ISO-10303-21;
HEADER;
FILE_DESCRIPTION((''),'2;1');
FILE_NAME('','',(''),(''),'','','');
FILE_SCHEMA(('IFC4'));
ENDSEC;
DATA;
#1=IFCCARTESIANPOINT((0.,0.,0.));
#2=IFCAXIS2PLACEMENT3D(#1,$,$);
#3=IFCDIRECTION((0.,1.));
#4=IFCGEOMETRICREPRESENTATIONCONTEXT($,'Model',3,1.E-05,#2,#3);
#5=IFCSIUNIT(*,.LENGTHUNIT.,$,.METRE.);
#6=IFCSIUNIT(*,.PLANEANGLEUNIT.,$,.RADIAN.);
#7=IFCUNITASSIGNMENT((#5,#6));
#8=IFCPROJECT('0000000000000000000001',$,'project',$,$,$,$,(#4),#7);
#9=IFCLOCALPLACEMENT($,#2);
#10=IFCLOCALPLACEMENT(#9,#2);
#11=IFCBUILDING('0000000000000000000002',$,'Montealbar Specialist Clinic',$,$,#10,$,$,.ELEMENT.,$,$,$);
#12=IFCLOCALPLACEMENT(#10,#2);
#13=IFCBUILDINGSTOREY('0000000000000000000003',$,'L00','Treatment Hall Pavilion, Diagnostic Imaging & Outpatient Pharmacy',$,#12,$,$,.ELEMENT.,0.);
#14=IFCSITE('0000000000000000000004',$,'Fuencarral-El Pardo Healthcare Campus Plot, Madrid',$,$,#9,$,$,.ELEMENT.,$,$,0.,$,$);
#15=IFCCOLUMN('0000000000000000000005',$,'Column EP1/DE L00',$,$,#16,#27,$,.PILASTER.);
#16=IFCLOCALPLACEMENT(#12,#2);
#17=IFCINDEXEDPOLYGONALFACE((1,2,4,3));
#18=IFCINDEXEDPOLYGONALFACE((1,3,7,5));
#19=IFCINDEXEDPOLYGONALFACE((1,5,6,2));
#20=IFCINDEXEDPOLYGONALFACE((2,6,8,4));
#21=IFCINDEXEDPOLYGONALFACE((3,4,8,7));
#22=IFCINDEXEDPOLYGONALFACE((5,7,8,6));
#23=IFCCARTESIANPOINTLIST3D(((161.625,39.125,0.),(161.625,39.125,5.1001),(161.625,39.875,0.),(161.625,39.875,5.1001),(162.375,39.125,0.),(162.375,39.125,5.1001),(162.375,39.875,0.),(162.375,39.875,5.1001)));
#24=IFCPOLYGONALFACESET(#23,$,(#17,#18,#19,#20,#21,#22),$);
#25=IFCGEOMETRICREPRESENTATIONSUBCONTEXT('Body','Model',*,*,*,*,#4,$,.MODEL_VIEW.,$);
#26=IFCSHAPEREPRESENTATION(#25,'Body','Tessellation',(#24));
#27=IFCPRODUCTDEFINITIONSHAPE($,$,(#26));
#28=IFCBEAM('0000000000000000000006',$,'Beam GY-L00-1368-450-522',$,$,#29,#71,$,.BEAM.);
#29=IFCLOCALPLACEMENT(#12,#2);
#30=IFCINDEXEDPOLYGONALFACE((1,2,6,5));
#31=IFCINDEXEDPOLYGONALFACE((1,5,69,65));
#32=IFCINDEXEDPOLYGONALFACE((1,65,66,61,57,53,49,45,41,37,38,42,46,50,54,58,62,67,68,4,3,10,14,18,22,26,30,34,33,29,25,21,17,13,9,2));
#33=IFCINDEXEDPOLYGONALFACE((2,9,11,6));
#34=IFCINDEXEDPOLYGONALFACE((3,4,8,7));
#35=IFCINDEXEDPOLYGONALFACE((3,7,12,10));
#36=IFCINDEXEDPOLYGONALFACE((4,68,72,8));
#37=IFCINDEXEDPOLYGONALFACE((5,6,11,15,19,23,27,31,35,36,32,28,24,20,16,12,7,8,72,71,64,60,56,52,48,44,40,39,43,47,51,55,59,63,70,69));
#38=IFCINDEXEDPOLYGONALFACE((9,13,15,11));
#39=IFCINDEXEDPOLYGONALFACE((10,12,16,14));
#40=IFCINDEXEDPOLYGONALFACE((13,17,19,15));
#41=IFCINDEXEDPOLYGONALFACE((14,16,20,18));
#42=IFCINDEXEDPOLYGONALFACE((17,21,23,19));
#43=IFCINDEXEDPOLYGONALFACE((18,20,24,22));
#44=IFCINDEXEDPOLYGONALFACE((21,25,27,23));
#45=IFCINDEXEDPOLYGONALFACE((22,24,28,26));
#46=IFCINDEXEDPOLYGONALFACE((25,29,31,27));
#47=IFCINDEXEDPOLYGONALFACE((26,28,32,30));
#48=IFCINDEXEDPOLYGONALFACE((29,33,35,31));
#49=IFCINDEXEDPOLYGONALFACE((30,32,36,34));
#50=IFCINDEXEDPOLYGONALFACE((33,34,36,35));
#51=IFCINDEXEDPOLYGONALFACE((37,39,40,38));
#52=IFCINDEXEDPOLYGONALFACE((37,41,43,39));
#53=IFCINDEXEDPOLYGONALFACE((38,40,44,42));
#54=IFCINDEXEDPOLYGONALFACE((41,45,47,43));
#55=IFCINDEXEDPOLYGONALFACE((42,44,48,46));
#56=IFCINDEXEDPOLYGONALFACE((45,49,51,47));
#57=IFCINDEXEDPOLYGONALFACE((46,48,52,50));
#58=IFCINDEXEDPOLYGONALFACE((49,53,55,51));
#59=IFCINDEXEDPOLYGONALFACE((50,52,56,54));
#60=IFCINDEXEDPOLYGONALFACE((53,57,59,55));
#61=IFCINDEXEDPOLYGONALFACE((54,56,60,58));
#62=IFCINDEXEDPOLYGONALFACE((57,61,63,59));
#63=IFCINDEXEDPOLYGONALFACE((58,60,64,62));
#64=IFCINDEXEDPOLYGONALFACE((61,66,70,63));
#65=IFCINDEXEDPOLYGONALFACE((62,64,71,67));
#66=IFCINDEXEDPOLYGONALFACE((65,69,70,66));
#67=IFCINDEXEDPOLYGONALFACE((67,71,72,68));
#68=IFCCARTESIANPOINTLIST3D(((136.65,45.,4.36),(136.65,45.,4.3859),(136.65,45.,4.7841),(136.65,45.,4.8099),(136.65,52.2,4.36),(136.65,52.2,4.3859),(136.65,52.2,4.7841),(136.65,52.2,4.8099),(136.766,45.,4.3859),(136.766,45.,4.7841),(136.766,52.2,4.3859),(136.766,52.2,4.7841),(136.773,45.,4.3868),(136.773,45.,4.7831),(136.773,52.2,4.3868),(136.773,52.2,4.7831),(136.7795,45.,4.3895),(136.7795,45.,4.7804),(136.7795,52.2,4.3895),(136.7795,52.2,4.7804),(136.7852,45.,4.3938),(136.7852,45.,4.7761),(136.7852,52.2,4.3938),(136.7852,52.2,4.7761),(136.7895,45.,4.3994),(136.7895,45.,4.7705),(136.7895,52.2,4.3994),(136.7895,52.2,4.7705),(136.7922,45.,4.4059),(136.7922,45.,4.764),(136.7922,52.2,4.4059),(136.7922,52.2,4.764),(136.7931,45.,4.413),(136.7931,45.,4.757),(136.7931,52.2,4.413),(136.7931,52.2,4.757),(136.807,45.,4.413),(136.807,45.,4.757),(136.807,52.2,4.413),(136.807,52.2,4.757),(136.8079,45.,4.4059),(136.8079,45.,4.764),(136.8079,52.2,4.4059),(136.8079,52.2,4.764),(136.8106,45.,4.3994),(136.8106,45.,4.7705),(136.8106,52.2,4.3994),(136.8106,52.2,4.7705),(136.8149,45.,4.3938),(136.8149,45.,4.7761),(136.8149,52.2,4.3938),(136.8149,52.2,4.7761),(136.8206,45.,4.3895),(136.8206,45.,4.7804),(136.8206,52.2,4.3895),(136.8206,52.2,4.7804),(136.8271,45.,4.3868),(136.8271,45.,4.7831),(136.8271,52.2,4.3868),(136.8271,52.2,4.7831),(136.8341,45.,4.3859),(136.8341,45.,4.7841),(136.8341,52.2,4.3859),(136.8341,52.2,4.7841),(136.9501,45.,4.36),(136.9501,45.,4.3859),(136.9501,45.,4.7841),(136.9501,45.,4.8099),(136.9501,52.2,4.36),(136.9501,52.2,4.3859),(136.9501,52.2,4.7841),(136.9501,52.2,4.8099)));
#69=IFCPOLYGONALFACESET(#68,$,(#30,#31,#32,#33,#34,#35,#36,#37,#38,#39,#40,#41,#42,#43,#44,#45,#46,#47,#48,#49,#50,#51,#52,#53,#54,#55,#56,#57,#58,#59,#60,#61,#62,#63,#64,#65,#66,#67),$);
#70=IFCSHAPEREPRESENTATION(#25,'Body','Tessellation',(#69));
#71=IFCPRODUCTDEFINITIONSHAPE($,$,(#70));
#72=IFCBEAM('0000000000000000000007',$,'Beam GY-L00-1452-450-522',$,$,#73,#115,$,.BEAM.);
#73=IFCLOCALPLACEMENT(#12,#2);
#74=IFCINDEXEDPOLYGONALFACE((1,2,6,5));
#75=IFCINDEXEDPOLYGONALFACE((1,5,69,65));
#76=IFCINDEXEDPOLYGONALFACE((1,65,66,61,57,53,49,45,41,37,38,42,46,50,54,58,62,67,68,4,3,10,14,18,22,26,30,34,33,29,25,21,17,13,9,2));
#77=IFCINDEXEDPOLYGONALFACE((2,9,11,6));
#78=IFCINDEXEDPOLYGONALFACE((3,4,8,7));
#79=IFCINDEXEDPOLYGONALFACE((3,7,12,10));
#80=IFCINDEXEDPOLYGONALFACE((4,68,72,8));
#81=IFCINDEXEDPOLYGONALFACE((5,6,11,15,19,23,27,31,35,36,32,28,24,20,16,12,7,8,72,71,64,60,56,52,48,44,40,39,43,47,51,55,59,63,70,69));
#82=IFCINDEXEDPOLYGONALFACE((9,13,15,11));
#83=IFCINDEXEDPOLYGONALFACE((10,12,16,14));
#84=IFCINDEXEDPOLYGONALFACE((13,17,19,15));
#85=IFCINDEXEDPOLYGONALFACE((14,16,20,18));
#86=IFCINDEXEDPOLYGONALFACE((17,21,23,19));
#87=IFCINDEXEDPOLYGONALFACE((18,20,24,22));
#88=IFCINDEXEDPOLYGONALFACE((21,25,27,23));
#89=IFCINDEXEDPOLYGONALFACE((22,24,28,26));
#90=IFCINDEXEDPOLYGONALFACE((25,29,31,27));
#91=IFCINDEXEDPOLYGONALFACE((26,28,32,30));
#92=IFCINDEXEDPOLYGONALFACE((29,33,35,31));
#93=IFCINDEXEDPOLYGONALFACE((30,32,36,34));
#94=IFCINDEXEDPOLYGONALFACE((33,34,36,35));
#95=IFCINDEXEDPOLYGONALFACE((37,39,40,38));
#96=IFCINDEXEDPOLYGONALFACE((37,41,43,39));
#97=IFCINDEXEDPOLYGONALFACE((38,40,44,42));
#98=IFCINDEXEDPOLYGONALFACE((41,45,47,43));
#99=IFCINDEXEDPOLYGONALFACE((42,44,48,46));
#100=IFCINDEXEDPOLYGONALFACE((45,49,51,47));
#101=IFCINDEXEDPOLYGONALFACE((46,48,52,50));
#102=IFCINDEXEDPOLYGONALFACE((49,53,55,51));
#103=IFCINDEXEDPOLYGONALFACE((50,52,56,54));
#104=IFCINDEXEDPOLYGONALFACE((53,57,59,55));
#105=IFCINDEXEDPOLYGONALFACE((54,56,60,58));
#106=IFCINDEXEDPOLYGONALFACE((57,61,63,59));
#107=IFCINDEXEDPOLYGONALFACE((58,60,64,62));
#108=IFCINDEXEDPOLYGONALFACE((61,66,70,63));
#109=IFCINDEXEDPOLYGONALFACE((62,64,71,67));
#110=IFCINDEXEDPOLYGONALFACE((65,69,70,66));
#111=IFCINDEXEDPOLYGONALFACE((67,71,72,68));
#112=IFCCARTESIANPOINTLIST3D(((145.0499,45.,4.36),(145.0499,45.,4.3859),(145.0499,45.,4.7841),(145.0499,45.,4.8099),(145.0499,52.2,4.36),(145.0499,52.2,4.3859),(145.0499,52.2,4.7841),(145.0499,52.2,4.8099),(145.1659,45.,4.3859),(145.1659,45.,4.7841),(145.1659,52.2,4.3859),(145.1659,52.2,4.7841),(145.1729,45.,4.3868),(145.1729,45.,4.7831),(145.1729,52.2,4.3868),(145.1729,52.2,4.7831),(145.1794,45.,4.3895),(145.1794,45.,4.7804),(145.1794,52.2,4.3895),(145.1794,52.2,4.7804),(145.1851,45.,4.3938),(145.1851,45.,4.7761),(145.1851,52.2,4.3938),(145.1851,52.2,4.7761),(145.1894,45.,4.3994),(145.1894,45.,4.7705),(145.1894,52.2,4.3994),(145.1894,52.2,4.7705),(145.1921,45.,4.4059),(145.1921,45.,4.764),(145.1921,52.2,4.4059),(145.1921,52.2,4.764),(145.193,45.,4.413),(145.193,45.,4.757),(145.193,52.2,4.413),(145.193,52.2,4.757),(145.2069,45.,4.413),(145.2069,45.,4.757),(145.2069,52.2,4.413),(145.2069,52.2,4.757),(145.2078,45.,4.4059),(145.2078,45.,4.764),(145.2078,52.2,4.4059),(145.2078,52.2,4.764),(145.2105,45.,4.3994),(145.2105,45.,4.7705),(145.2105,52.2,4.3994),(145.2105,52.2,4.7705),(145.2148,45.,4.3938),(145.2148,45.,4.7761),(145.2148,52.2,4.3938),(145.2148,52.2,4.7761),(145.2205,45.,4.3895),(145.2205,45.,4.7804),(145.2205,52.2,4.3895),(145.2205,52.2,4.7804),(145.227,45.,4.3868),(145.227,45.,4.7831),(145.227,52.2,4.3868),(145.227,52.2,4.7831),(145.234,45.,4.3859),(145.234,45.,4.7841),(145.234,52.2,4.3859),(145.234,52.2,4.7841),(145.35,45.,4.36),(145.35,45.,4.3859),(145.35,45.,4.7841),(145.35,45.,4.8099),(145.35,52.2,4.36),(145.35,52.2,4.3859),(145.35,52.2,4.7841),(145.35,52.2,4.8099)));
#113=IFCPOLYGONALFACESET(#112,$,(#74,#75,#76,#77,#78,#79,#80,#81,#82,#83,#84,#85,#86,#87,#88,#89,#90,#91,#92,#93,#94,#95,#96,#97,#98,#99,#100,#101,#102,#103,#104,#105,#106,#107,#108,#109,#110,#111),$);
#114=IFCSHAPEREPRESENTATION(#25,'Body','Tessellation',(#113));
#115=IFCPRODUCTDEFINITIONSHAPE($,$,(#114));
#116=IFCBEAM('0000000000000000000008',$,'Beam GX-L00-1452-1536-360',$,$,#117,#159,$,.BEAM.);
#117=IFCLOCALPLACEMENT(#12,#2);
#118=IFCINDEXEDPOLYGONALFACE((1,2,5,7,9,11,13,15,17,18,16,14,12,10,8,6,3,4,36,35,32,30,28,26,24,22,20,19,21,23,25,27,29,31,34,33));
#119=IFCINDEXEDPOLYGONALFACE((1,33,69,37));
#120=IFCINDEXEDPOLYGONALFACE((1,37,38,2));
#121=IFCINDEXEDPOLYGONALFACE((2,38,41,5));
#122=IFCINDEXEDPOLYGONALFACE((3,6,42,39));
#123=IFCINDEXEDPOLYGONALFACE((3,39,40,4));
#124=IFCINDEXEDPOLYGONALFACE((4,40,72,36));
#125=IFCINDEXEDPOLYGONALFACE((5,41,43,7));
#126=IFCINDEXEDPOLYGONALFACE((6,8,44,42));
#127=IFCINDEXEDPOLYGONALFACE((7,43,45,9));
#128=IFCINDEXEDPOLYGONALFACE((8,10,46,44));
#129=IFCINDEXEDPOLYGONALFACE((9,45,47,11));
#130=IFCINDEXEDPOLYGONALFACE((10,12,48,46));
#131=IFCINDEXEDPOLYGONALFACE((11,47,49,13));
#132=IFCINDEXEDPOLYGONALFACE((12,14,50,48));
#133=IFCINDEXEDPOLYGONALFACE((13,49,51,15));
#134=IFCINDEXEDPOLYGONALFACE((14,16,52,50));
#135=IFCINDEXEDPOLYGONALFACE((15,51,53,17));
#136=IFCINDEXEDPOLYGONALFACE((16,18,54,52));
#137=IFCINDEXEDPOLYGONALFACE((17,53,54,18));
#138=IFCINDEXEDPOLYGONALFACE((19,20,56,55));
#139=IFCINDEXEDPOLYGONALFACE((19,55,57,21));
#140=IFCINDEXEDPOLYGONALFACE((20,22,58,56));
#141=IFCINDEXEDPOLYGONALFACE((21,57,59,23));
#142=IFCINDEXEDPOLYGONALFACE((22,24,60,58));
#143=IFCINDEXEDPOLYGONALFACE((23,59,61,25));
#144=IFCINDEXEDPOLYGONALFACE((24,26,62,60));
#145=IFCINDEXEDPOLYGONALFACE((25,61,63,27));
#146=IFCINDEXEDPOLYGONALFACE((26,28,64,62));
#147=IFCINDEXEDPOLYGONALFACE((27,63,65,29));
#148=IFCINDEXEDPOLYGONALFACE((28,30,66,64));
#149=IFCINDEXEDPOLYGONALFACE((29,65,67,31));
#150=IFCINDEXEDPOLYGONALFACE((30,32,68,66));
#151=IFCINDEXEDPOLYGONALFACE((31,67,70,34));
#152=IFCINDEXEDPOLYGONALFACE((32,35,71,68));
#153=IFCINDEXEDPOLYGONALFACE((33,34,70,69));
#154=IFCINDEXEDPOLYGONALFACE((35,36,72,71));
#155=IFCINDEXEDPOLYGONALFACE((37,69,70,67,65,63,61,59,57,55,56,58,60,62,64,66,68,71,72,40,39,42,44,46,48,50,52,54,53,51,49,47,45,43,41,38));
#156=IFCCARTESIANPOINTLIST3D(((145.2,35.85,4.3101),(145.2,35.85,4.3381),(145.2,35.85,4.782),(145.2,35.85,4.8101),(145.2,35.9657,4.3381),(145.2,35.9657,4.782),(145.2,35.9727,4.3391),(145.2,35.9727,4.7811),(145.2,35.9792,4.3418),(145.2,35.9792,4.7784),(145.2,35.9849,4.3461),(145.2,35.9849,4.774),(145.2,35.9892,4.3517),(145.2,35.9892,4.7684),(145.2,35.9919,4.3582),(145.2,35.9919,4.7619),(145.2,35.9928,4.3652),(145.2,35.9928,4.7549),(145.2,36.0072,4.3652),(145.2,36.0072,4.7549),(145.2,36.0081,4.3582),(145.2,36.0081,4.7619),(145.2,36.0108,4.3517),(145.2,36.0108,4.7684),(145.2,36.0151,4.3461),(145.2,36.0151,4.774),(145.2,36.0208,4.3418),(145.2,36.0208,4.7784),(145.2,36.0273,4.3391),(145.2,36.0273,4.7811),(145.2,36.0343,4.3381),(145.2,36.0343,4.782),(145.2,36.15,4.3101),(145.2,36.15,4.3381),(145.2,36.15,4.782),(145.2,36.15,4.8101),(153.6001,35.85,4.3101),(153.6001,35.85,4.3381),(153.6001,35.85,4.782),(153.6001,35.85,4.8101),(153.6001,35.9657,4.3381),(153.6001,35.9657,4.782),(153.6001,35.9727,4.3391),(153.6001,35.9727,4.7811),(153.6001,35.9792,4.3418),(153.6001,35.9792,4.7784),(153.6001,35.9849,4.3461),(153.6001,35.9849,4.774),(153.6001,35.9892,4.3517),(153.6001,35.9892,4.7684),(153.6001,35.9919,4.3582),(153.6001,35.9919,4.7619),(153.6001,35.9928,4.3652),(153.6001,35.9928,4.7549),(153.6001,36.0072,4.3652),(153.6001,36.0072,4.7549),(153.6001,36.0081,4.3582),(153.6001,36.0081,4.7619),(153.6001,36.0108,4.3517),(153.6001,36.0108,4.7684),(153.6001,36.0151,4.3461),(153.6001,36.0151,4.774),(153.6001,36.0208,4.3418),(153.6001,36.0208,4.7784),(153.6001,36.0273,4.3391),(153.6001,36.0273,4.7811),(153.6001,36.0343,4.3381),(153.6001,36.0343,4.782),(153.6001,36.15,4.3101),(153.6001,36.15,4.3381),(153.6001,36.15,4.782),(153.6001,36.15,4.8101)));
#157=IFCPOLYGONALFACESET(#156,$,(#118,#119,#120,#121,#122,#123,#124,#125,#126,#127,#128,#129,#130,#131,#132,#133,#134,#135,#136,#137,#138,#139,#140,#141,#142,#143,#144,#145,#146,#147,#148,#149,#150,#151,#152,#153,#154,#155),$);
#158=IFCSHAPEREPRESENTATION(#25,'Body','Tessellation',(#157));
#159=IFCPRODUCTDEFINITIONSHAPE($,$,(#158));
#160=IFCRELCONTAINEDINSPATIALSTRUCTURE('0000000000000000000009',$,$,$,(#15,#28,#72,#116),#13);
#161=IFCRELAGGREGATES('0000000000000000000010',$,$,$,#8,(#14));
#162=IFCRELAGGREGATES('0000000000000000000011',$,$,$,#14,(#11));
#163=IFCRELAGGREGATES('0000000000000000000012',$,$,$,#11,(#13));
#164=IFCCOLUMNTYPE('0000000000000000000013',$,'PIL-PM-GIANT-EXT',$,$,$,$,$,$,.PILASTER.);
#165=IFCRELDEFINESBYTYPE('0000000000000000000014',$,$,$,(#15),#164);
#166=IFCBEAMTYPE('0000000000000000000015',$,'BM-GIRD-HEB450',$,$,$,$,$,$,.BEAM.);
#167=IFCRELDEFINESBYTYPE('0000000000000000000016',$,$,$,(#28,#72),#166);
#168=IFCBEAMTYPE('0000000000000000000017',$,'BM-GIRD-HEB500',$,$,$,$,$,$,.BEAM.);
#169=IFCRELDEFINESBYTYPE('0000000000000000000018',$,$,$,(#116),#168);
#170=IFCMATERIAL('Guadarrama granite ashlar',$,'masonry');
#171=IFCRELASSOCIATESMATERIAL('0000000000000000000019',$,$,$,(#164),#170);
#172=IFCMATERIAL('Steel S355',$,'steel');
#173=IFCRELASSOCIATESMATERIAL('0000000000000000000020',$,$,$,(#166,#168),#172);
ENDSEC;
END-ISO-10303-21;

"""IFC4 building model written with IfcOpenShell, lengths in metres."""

from ifc_helpers import new_model, si_unit, direction, frame, origin, origin_2d, place, context, subcontext, project, spatial, rectangle, i_section, extrude, material, material_profile, profile_set, type_object, element, save


model = new_model("IFC4")

# Units and contexts
model_context = context("Model", 3, precision=1e-05, world=origin(), true_north=direction((0.0, 1.0)))
body_context = subcontext(model_context, "Body", "Model", "MODEL_VIEW")
ifc_project = project(units=[si_unit("LENGTHUNIT", "METRE"), si_unit("PLANEANGLEUNIT", "RADIAN")], contexts=[model_context])

# Site, building, storey
site_placement = place(None, origin())
site = spatial("IfcSite", under=ifc_project, at=site_placement, Name="Fuencarral-El Pardo Healthcare Campus Plot, Madrid", CompositionType="ELEMENT", RefElevation=0.0)
building_placement = place(site_placement, origin())
building = spatial("IfcBuilding", under=site, at=building_placement, Name="Montealbar Specialist Clinic", CompositionType="ELEMENT")
storey_placement = place(building_placement, origin())
storey = spatial("IfcBuildingStorey", under=building, at=storey_placement, Name="L00", Description="Treatment Hall Pavilion, Diagnostic Imaging & Outpatient Pharmacy", CompositionType="ELEMENT", Elevation=0.0)

# Column
ifc_material_1 = material(Name="Steel S355", Category="steel")
ifc_material_2 = material(Name="Guadarrama granite ashlar", Category="masonry")
ifc_material_profile_1 = material_profile(ifc_material_2, rectangle(XDim=0.75, YDim=0.75, at=origin_2d()), Name="GRANITE PILASTER 750x750", Category="masonry")
ifc_profile_set_1 = profile_set([ifc_material_profile_1], Name="Guadarrama granite ashlar")
column_type_1 = type_object("IfcColumnType", Name="PIL-PM-GIANT-EXT", PredefinedType="PILASTER", material=ifc_profile_set_1)
column_1_placement = place(storey_placement, frame((162.0, 39.5, 0.0), z_axis=(0.0, 0.0, 1.0), x_axis=(1.0, 0.0, 0.0)))
element("IfcColumn", 1, at=column_1_placement, inside=storey, type_object=column_type_1, Name="Column EP1/DE L00", PredefinedType="PILASTER", context=body_context, shape_type="SweptSolid", body=[
    extrude(rectangle(XDim=0.75, YDim=0.75, at=origin_2d()), origin(), (0.0, 0.0, 1.0), 5.1001),
])

# Beams
ifc_material_profile_2 = material_profile(ifc_material_1, i_section(OverallWidth=0.3, OverallDepth=0.45, WebThickness=0.0139, FlangeThickness=0.0259, FilletRadius=0.0271, at=origin_2d()), Name="HEB 450", Category="steel")
ifc_profile_set_2 = profile_set([ifc_material_profile_2], Name="Steel S355")
beam_type_1 = type_object("IfcBeamType", Name="BM-GIRD-HEB450", PredefinedType="BEAM", material=ifc_profile_set_2)
for number, where, z_axis, x_axis, name in (
    (2, (136.8, 45.0, 4.585), (0.0, 1.0, 0.0), (-1.0, 0.0, 0.0), "Beam GY-L00-1368-450-522"),
    (3, (145.2, 45.0, 4.585), (0.0, 1.0, 0.0), (-1.0, 0.0, 0.0), "Beam GY-L00-1452-450-522"),
):
    element("IfcBeam", number, at=place(storey_placement, frame(where, z_axis=z_axis, x_axis=x_axis)), inside=storey, type_object=beam_type_1, Name=name, PredefinedType="BEAM", context=body_context, shape_type="SweptSolid", body=[
        extrude(i_section(OverallWidth=0.3, OverallDepth=0.45, WebThickness=0.0139, FlangeThickness=0.0259, FilletRadius=0.0271, at=origin_2d()), origin(), (0.0, 0.0, 1.0), 7.2),
    ])
ifc_material_profile_3 = material_profile(ifc_material_1, i_section(OverallWidth=0.3, OverallDepth=0.5, WebThickness=0.0144, FlangeThickness=0.0281, FilletRadius=0.0271, at=origin_2d()), Name="HEB 500", Category="steel")
ifc_profile_set_3 = profile_set([ifc_material_profile_3], Name="Steel S355")
beam_type_2 = type_object("IfcBeamType", Name="BM-GIRD-HEB500", PredefinedType="BEAM", material=ifc_profile_set_3)
beam_1_placement = place(storey_placement, frame((145.2, 36.0, 4.5601), z_axis=(1.0, 0.0, 0.0), x_axis=(0.0, 1.0, 0.0)))
element("IfcBeam", 4, at=beam_1_placement, inside=storey, type_object=beam_type_2, Name="Beam GX-L00-1452-1536-360", PredefinedType="BEAM", context=body_context, shape_type="SweptSolid", body=[
    extrude(i_section(OverallWidth=0.3, OverallDepth=0.5, WebThickness=0.0144, FlangeThickness=0.0281, FilletRadius=0.0271, at=origin_2d()), origin(), (0.0, 0.0, 1.0), 8.4001),
])

save(model, "model.ifc")
